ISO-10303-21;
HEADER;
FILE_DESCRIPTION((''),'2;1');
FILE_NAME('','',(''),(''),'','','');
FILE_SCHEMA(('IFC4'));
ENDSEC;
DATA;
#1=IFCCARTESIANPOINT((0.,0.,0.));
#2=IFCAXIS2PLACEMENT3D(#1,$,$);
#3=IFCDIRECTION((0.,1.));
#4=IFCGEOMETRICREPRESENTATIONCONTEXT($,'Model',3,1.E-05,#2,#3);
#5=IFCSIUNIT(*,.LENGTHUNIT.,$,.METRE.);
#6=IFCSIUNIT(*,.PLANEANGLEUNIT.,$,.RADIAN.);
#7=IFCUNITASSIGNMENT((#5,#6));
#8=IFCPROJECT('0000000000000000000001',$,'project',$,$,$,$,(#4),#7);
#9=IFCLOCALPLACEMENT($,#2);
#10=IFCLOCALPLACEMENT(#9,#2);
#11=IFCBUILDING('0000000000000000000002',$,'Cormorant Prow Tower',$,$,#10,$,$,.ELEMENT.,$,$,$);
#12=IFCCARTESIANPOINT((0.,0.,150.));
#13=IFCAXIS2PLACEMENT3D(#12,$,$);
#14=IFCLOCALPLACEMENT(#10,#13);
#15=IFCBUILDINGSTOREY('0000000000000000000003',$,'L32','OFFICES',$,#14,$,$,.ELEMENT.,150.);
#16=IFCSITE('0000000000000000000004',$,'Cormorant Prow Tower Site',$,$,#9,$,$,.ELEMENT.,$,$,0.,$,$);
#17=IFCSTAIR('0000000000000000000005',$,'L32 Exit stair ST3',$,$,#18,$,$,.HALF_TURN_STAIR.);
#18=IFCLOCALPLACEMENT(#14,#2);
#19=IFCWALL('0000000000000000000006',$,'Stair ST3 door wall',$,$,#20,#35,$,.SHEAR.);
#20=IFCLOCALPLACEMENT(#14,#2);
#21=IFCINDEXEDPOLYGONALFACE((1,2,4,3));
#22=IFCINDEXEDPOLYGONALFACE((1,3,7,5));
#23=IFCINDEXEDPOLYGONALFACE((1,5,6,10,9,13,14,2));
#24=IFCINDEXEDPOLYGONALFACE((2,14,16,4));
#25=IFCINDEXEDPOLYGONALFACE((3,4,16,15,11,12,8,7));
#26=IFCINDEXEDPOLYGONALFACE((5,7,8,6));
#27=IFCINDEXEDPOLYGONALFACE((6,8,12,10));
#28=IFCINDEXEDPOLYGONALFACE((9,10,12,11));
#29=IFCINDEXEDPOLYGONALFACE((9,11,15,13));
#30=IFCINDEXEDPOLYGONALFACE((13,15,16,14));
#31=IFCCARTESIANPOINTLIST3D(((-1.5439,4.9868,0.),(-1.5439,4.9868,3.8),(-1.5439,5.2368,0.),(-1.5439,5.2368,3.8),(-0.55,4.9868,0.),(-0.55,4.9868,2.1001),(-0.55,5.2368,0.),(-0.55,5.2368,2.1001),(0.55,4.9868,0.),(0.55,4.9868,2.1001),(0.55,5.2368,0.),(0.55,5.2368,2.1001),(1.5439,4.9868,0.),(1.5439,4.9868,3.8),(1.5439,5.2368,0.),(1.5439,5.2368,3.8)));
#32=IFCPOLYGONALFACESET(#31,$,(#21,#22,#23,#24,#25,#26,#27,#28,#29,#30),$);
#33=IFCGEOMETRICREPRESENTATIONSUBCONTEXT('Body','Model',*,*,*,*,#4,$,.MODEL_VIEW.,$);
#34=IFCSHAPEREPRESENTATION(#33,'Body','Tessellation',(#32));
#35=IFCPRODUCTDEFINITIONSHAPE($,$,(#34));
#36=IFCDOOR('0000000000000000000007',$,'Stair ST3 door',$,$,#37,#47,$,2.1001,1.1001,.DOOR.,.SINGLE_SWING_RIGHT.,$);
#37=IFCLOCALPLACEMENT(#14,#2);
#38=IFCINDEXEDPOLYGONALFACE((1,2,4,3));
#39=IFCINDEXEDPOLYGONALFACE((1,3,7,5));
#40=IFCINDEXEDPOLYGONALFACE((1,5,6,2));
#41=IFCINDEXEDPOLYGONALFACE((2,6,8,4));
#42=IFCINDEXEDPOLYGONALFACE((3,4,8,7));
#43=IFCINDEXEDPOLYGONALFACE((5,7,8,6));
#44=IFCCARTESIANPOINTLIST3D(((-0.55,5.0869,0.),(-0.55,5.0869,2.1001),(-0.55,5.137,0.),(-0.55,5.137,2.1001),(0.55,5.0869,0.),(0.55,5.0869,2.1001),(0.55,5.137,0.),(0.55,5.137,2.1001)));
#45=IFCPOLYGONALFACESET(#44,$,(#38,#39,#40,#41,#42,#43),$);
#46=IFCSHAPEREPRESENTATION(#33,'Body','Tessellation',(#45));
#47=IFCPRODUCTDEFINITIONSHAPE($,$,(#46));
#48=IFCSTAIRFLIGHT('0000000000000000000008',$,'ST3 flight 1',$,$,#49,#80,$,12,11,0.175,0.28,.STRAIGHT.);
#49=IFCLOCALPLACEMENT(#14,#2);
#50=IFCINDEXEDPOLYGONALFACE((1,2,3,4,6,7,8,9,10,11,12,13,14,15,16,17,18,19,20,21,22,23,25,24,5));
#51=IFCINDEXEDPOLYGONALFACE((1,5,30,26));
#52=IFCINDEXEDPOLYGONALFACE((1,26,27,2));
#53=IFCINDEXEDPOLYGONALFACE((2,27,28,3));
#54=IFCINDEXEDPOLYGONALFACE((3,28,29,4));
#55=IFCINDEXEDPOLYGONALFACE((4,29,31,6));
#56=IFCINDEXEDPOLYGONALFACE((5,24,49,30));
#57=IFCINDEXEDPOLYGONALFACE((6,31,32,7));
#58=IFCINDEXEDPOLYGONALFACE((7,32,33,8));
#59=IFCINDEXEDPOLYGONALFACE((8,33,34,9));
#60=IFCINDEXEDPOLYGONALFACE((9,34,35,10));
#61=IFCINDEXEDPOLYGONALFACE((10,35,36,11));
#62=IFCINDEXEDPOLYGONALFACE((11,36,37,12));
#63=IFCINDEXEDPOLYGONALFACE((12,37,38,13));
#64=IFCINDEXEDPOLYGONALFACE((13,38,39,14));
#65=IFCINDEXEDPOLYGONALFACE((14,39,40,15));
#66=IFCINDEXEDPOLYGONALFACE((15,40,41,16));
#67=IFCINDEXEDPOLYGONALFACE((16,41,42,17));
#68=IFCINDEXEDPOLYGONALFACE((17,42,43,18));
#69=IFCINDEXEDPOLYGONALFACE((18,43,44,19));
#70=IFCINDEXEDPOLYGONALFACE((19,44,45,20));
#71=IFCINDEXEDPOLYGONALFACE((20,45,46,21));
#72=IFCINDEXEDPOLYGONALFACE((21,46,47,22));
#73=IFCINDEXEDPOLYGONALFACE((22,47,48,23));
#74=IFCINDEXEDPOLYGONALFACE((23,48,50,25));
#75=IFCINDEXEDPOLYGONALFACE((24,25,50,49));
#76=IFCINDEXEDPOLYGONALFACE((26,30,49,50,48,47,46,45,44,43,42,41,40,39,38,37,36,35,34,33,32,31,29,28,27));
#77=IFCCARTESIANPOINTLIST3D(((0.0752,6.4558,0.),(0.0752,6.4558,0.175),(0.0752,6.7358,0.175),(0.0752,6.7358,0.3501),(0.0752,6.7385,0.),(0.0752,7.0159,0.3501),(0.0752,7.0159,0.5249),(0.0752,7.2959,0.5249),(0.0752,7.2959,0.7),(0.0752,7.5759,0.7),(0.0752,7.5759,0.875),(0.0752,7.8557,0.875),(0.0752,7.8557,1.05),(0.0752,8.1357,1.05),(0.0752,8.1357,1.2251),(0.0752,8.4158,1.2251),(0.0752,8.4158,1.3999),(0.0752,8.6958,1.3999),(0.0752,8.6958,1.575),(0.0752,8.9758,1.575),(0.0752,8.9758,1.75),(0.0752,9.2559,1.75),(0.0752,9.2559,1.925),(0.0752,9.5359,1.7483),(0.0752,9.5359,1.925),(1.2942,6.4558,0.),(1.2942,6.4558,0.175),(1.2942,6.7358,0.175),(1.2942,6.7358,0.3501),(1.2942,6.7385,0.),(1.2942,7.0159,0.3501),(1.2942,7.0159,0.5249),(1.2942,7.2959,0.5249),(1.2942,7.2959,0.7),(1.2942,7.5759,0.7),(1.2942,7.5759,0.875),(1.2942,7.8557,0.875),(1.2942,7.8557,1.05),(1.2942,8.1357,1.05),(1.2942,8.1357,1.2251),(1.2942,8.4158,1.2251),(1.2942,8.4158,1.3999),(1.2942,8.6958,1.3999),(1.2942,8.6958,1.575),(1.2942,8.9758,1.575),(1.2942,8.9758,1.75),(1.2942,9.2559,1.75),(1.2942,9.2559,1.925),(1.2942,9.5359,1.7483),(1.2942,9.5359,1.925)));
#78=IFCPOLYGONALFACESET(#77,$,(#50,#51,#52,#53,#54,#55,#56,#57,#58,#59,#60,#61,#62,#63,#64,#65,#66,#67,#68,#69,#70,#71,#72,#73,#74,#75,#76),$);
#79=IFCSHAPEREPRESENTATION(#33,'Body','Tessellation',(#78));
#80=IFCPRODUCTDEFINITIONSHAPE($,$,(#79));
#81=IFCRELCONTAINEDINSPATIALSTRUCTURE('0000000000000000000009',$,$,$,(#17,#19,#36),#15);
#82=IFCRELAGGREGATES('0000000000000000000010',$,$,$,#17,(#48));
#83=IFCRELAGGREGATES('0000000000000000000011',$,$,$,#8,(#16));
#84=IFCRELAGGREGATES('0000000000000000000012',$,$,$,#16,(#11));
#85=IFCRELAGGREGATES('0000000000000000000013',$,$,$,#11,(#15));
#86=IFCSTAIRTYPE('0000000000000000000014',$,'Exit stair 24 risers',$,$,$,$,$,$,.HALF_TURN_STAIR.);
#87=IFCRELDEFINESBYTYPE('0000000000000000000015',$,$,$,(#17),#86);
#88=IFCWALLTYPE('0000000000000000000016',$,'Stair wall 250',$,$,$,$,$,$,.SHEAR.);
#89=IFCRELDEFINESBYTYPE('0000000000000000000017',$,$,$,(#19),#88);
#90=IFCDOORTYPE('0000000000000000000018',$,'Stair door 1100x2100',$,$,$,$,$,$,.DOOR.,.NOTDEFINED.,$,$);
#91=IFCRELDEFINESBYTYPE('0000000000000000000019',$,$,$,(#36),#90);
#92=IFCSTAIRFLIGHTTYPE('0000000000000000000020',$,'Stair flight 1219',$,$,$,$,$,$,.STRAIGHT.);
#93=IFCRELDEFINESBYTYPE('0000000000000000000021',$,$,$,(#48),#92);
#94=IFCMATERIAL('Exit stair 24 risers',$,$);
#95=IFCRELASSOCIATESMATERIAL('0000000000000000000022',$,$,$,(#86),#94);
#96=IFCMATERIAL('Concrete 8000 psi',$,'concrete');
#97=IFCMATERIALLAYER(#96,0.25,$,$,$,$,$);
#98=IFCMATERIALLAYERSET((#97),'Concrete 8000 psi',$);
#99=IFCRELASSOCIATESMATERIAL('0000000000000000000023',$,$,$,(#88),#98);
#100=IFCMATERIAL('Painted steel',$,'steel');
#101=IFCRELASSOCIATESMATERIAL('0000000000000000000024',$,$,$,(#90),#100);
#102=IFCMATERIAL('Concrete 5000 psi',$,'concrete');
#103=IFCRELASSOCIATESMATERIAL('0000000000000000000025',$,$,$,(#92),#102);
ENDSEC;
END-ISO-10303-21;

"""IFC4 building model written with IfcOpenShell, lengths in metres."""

from ifc_helpers import new_model, si_unit, direction, frame, frame_2d, origin, place, context, subcontext, project, spatial, polyline, rectangle, outline, extrude, material, layer, layer_set, type_object, element, fill, aggregate, save


model = new_model("IFC4")

# Units and contexts
model_context = context("Model", 3, precision=1e-05, world=origin(), true_north=direction((0.0, 1.0)))
body_context = subcontext(model_context, "Body", "Model", "MODEL_VIEW")
ifc_project = project(units=[si_unit("LENGTHUNIT", "METRE"), si_unit("PLANEANGLEUNIT", "RADIAN")], contexts=[model_context])

# Site, building, storey
site_placement = place(None, origin())
site = spatial("IfcSite", under=ifc_project, at=site_placement, Name="Cormorant Prow Tower Site", CompositionType="ELEMENT", RefElevation=0.0)
building_placement = place(site_placement, origin())
building = spatial("IfcBuilding", under=site, at=building_placement, Name="Cormorant Prow Tower", CompositionType="ELEMENT")
storey_placement = place(building_placement, frame((0.0, 0.0, 150.0)))
storey = spatial("IfcBuildingStorey", under=building, at=storey_placement, Name="L32", Description="OFFICES", CompositionType="ELEMENT", Elevation=150.0)

# Stair
ifc_material_1 = material(Name="Exit stair 24 risers")
stair_type = type_object("IfcStairType", Name="Exit stair 24 risers", PredefinedType="HALF_TURN_STAIR", material=ifc_material_1)
stair_1_placement = place(storey_placement, origin())
stair_1 = element("IfcStair", 1, at=stair_1_placement, inside=storey, type_object=stair_type, Name="L32 Exit stair ST3", PredefinedType="HALF_TURN_STAIR")

# Shared definitions
ifc_material_2 = material(Name="Concrete 8000 psi", Category="concrete")
ifc_layer_1 = layer(ifc_material_2, 0.25)
ifc_layer_set_1 = layer_set([ifc_layer_1], Name="Concrete 8000 psi")
wall_type_1 = type_object("IfcWallType", Name="Stair wall 250", PredefinedType="SHEAR", material=ifc_layer_set_1)

# Wall, opening, door
wall_1_placement = place(storey_placement, frame((1.5439, 5.1118, 0.0), z_axis=(0.0, 0.0, 1.0), x_axis=(-1.0, 0.0, 0.0)))
wall_1 = element("IfcWall", 2, at=wall_1_placement, inside=storey, type_object=wall_type_1, Name="Stair ST3 door wall", PredefinedType="SHEAR", context=body_context, shape_type="SweptSolid", body=[
    extrude(rectangle(XDim=3.0879, YDim=0.25, at=frame_2d((1.5439, 0.0))), origin(), (0.0, 0.0, 1.0), 3.8),
])
opening_placement = place(wall_1_placement, frame((0.9939, 0.0, 0.0)))
opening = element("IfcOpeningElement", 3, at=opening_placement, cuts=wall_1, PredefinedType="OPENING", context=body_context, shape_type="SweptSolid", body=[
    extrude(rectangle(XDim=1.1001, YDim=2.1001, at=frame_2d((0.55, 1.05))), frame((0.0, 0.135, 0.0), z_axis=(0.0, -1.0, 0.0), x_axis=(1.0, 0.0, 0.0)), (0.0, 0.0, 1.0), 0.27),
])
ifc_material_3 = material(Name="Painted steel", Category="steel")
door_type = type_object("IfcDoorType", Name="Stair door 1100x2100", OperationType="NOTDEFINED", PredefinedType="DOOR", material=ifc_material_3)
door_placement = place(opening_placement, origin())
door = element("IfcDoor", 4, at=door_placement, inside=storey, type_object=door_type, Name="Stair ST3 door", OperationType="SINGLE_SWING_RIGHT", OverallHeight=2.1001, OverallWidth=1.1001, PredefinedType="DOOR", context=body_context, shape_type="SweptSolid", body=[
    extrude(rectangle(XDim=1.1001, YDim=2.1001, at=frame_2d((0.55, 1.05))), frame((0.0, 0.0249, 0.0), z_axis=(0.0, -1.0, 0.0), x_axis=(1.0, 0.0, 0.0)), (0.0, 0.0, 1.0), 0.05),
])
fill(opening, door)

# Stair flight
ifc_material_4 = material(Name="Concrete 5000 psi", Category="concrete")
stair_flight_type = type_object("IfcStairFlightType", Name="Stair flight 1219", PredefinedType="STRAIGHT", material=ifc_material_4)
stair_flight_placement = place(storey_placement, frame((0.6846, 6.4558, 0.0), z_axis=(0.0, 0.0, 1.0), x_axis=(0.0, 1.0, 0.0)))
stair_flight = element("IfcStairFlight", 5, at=stair_flight_placement, type_object=stair_flight_type, Name="ST3 flight 1", NumberOfRisers=12, NumberOfTreads=11, PredefinedType="STRAIGHT", RiserHeight=0.175, TreadLength=0.28, context=body_context, shape_type="SweptSolid", body=[
    extrude(outline(polyline([(0.0, 0.0), (0.0, 0.175), (0.28, 0.175), (0.28, 0.3501), (0.5601, 0.3501), (0.5601, 0.5249), (0.8401, 0.5249), (0.8401, 0.7), (1.1201, 0.7), (1.1201, 0.875), (1.3999, 0.875), (1.3999, 1.05), (1.6799, 1.05), (1.6799, 1.2251), (1.96, 1.2251), (1.96, 1.3999), (2.24, 1.3999), (2.24, 1.575), (2.52, 1.575), (2.52, 1.75), (2.8, 1.75), (2.8, 1.925), (3.0801, 1.925), (3.0801, 2.1001), (3.0801, 1.7483), (0.2827, 0.0), (0.0, 0.0)])), frame((0.0, 0.6094, 0.0), z_axis=(0.0, -1.0, 0.0), x_axis=(1.0, 0.0, 0.0)), (0.0, 0.0, 1.0), 1.219),
])
aggregate(stair_1, [stair_flight])

save(model, "model.ifc")
